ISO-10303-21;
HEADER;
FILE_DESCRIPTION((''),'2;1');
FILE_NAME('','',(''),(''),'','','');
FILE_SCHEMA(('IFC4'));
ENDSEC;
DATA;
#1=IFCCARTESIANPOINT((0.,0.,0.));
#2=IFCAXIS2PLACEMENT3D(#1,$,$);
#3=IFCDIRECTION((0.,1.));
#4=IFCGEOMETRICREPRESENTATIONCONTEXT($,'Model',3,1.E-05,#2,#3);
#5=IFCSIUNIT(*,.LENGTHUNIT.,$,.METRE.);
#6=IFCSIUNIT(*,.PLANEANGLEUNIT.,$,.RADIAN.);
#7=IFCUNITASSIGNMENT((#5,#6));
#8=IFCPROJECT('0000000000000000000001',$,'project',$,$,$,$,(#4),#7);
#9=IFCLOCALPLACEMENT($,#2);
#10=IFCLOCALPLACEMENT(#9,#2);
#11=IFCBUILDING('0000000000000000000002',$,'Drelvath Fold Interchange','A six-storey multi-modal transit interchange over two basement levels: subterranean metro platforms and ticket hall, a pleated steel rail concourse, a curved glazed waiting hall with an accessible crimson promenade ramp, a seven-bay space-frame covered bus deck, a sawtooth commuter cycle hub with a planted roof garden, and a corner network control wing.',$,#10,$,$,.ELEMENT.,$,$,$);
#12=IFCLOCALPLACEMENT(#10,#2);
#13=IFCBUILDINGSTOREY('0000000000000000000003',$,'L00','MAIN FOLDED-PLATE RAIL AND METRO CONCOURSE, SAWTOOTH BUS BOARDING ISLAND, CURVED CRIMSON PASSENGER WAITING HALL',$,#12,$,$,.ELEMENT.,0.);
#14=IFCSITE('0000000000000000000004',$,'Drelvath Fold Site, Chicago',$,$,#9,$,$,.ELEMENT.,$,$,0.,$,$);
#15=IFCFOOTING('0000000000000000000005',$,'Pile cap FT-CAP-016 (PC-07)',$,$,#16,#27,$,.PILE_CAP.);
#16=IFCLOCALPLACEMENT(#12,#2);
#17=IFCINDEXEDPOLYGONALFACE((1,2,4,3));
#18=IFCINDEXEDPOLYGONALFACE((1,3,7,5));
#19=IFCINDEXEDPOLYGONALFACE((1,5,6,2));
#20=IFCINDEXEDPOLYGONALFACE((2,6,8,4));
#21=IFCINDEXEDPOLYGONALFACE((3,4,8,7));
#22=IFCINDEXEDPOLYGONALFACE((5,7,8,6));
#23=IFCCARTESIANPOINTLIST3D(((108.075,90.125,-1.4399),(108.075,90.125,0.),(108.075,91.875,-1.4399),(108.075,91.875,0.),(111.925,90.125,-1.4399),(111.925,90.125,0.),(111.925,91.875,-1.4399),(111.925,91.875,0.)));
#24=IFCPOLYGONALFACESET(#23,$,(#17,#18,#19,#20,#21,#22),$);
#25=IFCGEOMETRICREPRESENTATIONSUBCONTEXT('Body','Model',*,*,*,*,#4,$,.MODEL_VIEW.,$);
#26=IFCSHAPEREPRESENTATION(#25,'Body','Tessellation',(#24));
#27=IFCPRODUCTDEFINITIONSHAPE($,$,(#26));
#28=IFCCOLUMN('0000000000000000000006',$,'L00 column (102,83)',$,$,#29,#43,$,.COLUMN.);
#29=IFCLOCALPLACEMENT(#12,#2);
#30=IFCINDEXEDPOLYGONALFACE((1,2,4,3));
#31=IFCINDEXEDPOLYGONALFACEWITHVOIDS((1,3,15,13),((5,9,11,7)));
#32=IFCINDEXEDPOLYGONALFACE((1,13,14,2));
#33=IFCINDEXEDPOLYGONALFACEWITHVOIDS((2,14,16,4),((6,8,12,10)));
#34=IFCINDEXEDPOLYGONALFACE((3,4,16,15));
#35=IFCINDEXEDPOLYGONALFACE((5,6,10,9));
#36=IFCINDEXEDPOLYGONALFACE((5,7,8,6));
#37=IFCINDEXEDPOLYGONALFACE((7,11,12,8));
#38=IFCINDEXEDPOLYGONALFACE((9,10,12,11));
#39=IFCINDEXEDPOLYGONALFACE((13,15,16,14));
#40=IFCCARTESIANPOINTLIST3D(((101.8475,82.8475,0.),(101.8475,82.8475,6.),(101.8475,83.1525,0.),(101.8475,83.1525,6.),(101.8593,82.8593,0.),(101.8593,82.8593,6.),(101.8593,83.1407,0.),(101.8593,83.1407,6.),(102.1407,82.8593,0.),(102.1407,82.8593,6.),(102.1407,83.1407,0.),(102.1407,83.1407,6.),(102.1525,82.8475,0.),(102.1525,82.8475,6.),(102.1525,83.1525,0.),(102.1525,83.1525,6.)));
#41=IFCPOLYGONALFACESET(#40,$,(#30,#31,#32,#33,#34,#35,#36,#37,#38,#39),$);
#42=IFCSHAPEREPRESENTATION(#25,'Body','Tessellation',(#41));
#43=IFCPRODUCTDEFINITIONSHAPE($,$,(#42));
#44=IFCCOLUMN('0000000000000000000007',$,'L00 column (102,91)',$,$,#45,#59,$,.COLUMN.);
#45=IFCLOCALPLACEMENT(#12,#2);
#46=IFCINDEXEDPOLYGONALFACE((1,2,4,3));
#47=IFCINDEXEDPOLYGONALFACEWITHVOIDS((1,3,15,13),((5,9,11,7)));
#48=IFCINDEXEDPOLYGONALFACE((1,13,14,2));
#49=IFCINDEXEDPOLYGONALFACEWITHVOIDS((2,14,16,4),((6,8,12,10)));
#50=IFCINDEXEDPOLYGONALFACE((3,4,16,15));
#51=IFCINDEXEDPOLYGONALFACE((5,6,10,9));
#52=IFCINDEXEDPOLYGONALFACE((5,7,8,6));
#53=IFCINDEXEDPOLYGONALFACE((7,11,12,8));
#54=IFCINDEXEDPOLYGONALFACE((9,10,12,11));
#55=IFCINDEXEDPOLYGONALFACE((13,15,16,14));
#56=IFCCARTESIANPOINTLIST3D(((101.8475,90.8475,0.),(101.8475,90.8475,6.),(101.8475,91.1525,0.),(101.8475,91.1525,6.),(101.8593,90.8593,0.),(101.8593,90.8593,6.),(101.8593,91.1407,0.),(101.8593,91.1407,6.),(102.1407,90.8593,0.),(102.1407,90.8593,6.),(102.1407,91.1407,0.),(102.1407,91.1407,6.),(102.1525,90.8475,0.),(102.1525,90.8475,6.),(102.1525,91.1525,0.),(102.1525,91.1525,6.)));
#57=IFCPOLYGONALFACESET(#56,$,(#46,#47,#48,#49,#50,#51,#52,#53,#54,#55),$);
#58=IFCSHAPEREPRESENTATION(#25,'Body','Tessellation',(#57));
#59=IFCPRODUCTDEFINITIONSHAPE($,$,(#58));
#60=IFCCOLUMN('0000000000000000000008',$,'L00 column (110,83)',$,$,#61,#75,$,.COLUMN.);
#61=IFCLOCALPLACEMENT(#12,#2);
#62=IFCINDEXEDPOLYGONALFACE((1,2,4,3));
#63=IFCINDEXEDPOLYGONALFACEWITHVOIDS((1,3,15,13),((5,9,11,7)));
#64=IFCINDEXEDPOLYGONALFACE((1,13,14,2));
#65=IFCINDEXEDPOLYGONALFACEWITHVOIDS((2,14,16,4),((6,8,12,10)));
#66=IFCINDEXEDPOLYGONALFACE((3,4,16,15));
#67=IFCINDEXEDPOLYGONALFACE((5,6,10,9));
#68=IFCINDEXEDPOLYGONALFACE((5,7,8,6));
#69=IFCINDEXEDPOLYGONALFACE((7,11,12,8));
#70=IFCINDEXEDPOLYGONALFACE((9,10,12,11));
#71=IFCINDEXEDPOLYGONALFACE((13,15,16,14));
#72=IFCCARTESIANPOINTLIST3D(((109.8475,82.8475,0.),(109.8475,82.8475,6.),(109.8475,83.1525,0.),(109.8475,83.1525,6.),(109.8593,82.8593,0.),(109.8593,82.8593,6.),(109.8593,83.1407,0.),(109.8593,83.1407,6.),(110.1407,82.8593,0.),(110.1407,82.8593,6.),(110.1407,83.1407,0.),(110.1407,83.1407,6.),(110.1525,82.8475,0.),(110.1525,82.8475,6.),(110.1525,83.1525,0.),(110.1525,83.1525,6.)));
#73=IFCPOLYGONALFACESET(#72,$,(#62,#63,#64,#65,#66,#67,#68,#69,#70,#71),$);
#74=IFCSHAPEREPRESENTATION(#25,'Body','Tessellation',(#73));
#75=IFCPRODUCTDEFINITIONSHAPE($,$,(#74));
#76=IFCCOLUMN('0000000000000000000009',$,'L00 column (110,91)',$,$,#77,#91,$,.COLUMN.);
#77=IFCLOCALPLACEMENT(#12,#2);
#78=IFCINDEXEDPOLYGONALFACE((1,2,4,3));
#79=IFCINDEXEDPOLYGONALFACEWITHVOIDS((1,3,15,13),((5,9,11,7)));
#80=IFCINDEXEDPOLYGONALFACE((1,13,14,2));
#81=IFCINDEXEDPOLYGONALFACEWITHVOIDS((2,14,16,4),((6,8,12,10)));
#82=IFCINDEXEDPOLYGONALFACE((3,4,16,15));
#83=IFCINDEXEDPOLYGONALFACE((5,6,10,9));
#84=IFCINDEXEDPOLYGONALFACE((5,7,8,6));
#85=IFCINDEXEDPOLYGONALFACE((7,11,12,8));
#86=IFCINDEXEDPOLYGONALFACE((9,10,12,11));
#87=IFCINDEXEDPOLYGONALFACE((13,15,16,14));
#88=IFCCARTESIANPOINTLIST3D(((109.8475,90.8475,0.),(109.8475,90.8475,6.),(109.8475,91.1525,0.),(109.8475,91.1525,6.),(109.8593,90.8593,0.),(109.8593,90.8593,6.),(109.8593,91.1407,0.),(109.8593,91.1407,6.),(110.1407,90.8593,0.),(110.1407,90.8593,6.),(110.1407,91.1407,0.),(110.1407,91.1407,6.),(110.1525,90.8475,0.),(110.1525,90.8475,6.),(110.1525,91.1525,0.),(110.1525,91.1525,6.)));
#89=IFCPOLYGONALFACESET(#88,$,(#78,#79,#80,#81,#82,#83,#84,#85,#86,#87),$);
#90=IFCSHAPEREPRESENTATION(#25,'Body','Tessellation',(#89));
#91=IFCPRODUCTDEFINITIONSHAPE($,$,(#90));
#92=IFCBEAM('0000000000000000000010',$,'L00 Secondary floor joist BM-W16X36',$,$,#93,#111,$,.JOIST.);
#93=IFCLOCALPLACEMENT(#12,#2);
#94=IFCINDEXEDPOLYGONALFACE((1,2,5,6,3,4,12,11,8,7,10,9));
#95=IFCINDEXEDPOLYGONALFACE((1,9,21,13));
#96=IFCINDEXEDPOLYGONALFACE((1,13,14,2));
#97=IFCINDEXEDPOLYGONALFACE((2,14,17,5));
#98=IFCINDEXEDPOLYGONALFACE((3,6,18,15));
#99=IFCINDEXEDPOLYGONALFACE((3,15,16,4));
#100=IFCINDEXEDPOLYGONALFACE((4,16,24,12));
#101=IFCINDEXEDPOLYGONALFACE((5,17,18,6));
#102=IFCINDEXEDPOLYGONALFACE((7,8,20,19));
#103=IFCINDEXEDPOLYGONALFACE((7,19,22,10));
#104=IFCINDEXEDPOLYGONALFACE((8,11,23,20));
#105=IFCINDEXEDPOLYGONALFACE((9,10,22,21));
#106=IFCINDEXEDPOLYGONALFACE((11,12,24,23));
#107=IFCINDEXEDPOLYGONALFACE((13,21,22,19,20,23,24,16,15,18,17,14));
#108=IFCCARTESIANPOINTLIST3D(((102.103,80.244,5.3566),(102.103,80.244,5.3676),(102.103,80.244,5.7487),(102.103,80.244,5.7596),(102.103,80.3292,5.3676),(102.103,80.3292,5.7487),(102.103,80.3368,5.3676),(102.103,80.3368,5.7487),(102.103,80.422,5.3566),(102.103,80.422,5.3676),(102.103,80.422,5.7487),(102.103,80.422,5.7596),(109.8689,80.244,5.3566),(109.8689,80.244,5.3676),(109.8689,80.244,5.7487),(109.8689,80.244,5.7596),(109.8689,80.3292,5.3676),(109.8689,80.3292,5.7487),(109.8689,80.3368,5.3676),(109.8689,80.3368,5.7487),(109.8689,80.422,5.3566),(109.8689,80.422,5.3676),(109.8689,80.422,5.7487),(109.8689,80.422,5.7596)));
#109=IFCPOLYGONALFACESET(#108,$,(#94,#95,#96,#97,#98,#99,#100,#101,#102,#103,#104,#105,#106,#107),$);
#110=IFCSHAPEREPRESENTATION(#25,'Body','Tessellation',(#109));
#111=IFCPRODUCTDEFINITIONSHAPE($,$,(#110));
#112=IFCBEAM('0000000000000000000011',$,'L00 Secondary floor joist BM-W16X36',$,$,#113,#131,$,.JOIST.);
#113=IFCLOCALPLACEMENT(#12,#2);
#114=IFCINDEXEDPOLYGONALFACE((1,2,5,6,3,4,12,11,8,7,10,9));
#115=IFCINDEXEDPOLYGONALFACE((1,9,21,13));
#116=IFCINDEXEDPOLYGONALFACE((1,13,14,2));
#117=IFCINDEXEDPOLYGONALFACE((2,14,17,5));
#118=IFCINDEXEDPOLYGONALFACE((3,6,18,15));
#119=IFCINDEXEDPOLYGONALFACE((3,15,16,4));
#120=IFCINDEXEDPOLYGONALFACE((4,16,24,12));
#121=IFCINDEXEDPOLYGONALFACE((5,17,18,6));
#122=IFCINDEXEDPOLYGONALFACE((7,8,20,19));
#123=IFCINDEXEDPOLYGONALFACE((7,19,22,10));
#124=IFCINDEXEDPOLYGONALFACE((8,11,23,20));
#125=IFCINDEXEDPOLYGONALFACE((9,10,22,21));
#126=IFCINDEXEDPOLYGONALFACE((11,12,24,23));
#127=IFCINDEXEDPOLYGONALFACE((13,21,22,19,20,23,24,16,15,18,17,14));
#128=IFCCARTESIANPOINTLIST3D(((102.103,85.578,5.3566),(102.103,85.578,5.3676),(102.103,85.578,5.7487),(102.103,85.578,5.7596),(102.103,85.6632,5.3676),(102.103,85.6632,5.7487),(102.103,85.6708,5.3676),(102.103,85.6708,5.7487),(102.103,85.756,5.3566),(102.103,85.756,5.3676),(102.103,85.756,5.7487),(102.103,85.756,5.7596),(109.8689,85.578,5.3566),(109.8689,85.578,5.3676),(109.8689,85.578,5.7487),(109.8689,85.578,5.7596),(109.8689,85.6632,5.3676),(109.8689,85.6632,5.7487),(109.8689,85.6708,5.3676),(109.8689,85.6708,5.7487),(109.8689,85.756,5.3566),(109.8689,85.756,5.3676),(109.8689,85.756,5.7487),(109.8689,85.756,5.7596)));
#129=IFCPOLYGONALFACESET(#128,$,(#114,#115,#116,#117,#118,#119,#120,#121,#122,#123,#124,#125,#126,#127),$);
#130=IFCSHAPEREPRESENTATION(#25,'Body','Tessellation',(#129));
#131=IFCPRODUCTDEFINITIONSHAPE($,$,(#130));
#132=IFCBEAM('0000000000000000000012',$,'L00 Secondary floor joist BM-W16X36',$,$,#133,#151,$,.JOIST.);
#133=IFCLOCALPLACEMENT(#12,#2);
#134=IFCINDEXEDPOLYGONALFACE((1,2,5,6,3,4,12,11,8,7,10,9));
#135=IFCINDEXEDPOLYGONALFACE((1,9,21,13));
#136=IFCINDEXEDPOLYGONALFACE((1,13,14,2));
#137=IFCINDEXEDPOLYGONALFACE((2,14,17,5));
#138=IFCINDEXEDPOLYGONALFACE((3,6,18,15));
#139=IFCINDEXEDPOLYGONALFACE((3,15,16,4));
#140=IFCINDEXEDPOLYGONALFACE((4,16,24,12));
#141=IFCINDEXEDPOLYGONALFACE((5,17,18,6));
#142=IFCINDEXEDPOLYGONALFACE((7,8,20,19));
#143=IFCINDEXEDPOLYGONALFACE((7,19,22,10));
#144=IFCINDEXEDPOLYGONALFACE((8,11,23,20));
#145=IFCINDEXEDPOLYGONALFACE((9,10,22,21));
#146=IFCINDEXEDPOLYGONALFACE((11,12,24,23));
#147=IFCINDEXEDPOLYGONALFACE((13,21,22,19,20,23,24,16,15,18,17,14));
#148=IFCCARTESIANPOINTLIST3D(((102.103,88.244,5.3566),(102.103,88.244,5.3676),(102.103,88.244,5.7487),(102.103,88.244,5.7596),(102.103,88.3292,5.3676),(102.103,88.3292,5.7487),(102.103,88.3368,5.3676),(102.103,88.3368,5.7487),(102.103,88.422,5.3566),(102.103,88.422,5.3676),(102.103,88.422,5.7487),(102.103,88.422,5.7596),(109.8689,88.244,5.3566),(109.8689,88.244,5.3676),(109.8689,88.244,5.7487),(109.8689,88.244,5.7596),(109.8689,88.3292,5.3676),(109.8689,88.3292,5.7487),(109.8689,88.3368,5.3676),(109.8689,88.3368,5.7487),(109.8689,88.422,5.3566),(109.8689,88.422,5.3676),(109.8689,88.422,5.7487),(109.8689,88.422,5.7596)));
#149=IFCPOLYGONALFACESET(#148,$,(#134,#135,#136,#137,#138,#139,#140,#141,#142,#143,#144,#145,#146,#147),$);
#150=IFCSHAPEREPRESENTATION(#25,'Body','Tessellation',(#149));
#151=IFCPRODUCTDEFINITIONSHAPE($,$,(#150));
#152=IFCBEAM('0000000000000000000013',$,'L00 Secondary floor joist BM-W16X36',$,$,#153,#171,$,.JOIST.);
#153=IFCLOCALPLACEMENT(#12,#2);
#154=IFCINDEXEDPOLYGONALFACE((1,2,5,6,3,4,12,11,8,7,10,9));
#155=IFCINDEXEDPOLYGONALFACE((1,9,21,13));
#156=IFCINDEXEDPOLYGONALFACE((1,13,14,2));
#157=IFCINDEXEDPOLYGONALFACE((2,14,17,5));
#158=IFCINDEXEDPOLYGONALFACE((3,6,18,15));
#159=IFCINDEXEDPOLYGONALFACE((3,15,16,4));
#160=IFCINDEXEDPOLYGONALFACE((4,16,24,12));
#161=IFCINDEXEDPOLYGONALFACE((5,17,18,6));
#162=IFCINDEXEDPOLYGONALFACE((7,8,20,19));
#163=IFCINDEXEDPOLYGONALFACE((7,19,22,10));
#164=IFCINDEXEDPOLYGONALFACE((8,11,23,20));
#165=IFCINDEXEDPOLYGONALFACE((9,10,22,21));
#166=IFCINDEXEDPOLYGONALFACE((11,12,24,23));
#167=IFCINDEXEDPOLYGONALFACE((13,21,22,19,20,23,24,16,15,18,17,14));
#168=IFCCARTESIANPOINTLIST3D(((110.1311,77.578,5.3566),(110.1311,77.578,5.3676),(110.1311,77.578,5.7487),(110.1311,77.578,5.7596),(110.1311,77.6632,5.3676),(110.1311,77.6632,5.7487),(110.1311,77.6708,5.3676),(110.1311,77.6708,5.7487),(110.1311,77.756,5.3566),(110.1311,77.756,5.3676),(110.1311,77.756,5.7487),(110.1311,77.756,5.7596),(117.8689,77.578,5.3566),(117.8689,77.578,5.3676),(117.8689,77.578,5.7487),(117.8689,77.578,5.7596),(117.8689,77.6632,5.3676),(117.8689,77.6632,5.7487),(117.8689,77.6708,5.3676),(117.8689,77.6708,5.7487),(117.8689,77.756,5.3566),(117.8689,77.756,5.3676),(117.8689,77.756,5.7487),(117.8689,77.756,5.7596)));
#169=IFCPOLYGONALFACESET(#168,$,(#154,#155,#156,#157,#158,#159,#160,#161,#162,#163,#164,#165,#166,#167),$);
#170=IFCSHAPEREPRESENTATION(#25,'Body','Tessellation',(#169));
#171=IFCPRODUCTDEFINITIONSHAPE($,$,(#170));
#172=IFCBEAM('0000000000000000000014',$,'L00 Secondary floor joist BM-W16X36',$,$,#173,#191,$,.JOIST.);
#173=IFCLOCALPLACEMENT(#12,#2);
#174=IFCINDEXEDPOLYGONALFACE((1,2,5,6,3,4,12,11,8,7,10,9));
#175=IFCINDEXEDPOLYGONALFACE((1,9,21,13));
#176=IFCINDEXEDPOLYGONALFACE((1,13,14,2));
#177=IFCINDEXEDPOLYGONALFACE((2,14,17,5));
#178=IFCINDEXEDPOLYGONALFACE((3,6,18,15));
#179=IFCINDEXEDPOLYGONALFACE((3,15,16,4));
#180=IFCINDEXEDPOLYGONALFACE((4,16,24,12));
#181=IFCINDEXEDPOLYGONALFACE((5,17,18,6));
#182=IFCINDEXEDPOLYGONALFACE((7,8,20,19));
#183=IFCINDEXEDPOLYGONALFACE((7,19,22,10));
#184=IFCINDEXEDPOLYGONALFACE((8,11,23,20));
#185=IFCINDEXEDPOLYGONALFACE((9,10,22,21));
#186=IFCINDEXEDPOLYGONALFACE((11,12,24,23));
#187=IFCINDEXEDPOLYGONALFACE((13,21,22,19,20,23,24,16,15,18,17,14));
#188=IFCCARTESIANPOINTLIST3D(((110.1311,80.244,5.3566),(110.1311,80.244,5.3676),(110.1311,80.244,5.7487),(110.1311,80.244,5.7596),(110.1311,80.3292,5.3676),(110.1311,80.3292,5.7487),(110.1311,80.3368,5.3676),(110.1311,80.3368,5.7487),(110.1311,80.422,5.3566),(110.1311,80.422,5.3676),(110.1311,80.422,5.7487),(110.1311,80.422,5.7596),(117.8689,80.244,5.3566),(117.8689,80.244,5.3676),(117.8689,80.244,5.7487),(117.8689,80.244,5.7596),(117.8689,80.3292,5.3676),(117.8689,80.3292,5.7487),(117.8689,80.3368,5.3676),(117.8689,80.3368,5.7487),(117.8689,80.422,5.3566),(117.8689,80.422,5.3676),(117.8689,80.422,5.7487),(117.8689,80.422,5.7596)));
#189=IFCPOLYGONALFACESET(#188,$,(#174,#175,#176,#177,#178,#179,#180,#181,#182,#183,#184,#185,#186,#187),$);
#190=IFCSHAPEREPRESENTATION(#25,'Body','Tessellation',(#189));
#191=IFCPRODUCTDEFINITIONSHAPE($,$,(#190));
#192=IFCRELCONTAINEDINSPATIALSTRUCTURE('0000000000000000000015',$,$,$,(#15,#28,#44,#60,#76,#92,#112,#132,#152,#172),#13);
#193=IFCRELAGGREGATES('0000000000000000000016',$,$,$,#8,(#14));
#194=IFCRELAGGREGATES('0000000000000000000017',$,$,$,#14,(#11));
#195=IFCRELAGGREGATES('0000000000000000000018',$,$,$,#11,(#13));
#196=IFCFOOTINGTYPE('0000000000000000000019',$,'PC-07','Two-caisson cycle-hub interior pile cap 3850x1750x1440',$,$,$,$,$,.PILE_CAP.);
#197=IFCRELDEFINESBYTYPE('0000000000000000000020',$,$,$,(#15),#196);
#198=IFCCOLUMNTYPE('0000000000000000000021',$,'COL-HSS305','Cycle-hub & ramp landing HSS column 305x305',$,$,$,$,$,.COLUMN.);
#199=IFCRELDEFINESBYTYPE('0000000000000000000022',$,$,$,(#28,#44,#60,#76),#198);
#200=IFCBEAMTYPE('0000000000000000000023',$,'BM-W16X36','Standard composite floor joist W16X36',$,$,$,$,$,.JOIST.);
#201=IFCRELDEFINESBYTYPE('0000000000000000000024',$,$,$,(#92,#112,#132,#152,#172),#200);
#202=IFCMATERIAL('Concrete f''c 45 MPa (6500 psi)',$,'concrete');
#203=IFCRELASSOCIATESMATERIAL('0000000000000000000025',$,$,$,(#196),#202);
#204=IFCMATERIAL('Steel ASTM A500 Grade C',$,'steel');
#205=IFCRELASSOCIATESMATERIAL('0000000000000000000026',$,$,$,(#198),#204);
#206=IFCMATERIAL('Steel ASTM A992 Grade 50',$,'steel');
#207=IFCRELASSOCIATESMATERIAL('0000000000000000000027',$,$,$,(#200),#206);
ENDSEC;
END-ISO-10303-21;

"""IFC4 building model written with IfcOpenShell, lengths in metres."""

from ifc_helpers import new_model, si_unit, direction, frame, origin, origin_2d, place, context, subcontext, project, spatial, rectangle, hollow_rectangle, i_section, extrude, material, material_profile, profile_set, type_object, element, save


model = new_model("IFC4")

# Units and contexts
model_context = context("Model", 3, precision=1e-05, world=origin(), true_north=direction((0.0, 1.0)))
body_context = subcontext(model_context, "Body", "Model", "MODEL_VIEW")
ifc_project = project(units=[si_unit("LENGTHUNIT", "METRE"), si_unit("PLANEANGLEUNIT", "RADIAN")], contexts=[model_context])

# Site, building, storey
site_placement = place(None, origin())
site = spatial("IfcSite", under=ifc_project, at=site_placement, Name="Drelvath Fold Site, Chicago", CompositionType="ELEMENT", RefElevation=0.0)
building_placement = place(site_placement, origin())
building = spatial("IfcBuilding", under=site, at=building_placement, Name="Drelvath Fold Interchange", Description="A six-storey multi-modal transit interchange over two basement levels: subterranean metro platforms and ticket hall, a pleated steel rail concourse, a curved glazed waiting hall with an accessible crimson promenade ramp, a seven-bay space-frame covered bus deck, a sawtooth commuter cycle hub with a planted roof garden, and a corner network control wing.", CompositionType="ELEMENT")
storey_placement = place(building_placement, origin())
storey = spatial("IfcBuildingStorey", under=building, at=storey_placement, Name="L00", Description="MAIN FOLDED-PLATE RAIL AND METRO CONCOURSE, SAWTOOTH BUS BOARDING ISLAND, CURVED CRIMSON PASSENGER WAITING HALL", CompositionType="ELEMENT", Elevation=0.0)

# Footing
ifc_material_1 = material(Name="Concrete f'c 45 MPa (6500 psi)", Category="concrete")
footing_type_1 = type_object("IfcFootingType", Name="PC-07", Description="Two-caisson cycle-hub interior pile cap 3850x1750x1440", PredefinedType="PILE_CAP", material=ifc_material_1)
for number, where, z_axis, x_axis, name in (
    (1, (110.0, 91.0, -1.4399), (0.0, 0.0, 1.0), (1.0, 0.0, 0.0), "Pile cap FT-CAP-016 (PC-07)"),
):
    element("IfcFooting", number, at=place(storey_placement, frame(where, z_axis=z_axis, x_axis=x_axis)), inside=storey, type_object=footing_type_1, Name=name, PredefinedType="PILE_CAP", context=body_context, shape_type="SweptSolid", body=[
        extrude(rectangle(XDim=3.8501, YDim=1.75, at=origin_2d()), origin(), (0.0, 0.0, 1.0), 1.4399),
    ])

# Columns
ifc_material_2 = material(Name="Steel ASTM A500 Grade C", Category="steel")
ifc_material_profile_1 = material_profile(ifc_material_2, hollow_rectangle(XDim=0.3049, YDim=0.3049, WallThickness=0.0117, at=origin_2d()), Name="HSS12X12X1/2")
ifc_profile_set_1 = profile_set([ifc_material_profile_1], Name="Steel ASTM A500 Grade C")
column_type = type_object("IfcColumnType", Name="COL-HSS305", Description="Cycle-hub & ramp landing HSS column 305x305", PredefinedType="COLUMN", material=ifc_profile_set_1)
for number, where, z_axis, x_axis, name in (
    (2, (102.0, 83.0, 0.0), (0.0, 0.0, 1.0), (1.0, 0.0, 0.0), "L00 column (102,83)"),
    (3, (102.0, 91.0, 0.0), (0.0, 0.0, 1.0), (1.0, 0.0, 0.0), "L00 column (102,91)"),
    (4, (110.0, 83.0, 0.0), (0.0, 0.0, 1.0), (1.0, 0.0, 0.0), "L00 column (110,83)"),
    (5, (110.0, 91.0, 0.0), (0.0, 0.0, 1.0), (1.0, 0.0, 0.0), "L00 column (110,91)"),
):
    element("IfcColumn", number, at=place(storey_placement, frame(where, z_axis=z_axis, x_axis=x_axis)), inside=storey, type_object=column_type, Name=name, PredefinedType="COLUMN", context=body_context, shape_type="SweptSolid", body=[
        extrude(hollow_rectangle(XDim=0.3049, YDim=0.3049, WallThickness=0.0117, at=origin_2d()), origin(), (0.0, 0.0, 1.0), 6.0),
    ])

# Beams
ifc_material_3 = material(Name="Steel ASTM A992 Grade 50", Category="steel")
ifc_material_profile_2 = material_profile(ifc_material_3, i_section(OverallWidth=0.178, OverallDepth=0.4031, WebThickness=0.0076, FlangeThickness=0.011, at=origin_2d()), Name="W16X36")
ifc_profile_set_2 = profile_set([ifc_material_profile_2], Name="Steel ASTM A992 Grade 50")
beam_type_1 = type_object("IfcBeamType", Name="BM-W16X36", Description="Standard composite floor joist W16X36", PredefinedType="JOIST", material=ifc_profile_set_2)
for number, where, z_axis, x_axis, name in (
    (6, (102.103, 80.333, 5.5581), (1.0, 0.0, 0.0), (0.0, 1.0, 0.0), "L00 Secondary floor joist BM-W16X36"),
    (7, (102.103, 85.667, 5.5581), (1.0, 0.0, 0.0), (0.0, 1.0, 0.0), "L00 Secondary floor joist BM-W16X36"),
    (8, (102.103, 88.333, 5.5581), (1.0, 0.0, 0.0), (0.0, 1.0, 0.0), "L00 Secondary floor joist BM-W16X36"),
):
    element("IfcBeam", number, at=place(storey_placement, frame(where, z_axis=z_axis, x_axis=x_axis)), inside=storey, type_object=beam_type_1, Name=name, PredefinedType="JOIST", context=body_context, shape_type="SweptSolid", body=[
        extrude(i_section(OverallWidth=0.178, OverallDepth=0.4031, WebThickness=0.0076, FlangeThickness=0.011, at=origin_2d()), origin(), (0.0, 0.0, 1.0), 7.7659),
    ])
for number, where, z_axis, x_axis, name in (
    (9, (110.1311, 77.667, 5.5581), (1.0, 0.0, 0.0), (0.0, 1.0, 0.0), "L00 Secondary floor joist BM-W16X36"),
    (10, (110.1311, 80.333, 5.5581), (1.0, 0.0, 0.0), (0.0, 1.0, 0.0), "L00 Secondary floor joist BM-W16X36"),
):
    element("IfcBeam", number, at=place(storey_placement, frame(where, z_axis=z_axis, x_axis=x_axis)), inside=storey, type_object=beam_type_1, Name=name, PredefinedType="JOIST", context=body_context, shape_type="SweptSolid", body=[
        extrude(i_section(OverallWidth=0.178, OverallDepth=0.4031, WebThickness=0.0076, FlangeThickness=0.011, at=origin_2d()), origin(), (0.0, 0.0, 1.0), 7.7378),
    ])

save(model, "model.ifc")
